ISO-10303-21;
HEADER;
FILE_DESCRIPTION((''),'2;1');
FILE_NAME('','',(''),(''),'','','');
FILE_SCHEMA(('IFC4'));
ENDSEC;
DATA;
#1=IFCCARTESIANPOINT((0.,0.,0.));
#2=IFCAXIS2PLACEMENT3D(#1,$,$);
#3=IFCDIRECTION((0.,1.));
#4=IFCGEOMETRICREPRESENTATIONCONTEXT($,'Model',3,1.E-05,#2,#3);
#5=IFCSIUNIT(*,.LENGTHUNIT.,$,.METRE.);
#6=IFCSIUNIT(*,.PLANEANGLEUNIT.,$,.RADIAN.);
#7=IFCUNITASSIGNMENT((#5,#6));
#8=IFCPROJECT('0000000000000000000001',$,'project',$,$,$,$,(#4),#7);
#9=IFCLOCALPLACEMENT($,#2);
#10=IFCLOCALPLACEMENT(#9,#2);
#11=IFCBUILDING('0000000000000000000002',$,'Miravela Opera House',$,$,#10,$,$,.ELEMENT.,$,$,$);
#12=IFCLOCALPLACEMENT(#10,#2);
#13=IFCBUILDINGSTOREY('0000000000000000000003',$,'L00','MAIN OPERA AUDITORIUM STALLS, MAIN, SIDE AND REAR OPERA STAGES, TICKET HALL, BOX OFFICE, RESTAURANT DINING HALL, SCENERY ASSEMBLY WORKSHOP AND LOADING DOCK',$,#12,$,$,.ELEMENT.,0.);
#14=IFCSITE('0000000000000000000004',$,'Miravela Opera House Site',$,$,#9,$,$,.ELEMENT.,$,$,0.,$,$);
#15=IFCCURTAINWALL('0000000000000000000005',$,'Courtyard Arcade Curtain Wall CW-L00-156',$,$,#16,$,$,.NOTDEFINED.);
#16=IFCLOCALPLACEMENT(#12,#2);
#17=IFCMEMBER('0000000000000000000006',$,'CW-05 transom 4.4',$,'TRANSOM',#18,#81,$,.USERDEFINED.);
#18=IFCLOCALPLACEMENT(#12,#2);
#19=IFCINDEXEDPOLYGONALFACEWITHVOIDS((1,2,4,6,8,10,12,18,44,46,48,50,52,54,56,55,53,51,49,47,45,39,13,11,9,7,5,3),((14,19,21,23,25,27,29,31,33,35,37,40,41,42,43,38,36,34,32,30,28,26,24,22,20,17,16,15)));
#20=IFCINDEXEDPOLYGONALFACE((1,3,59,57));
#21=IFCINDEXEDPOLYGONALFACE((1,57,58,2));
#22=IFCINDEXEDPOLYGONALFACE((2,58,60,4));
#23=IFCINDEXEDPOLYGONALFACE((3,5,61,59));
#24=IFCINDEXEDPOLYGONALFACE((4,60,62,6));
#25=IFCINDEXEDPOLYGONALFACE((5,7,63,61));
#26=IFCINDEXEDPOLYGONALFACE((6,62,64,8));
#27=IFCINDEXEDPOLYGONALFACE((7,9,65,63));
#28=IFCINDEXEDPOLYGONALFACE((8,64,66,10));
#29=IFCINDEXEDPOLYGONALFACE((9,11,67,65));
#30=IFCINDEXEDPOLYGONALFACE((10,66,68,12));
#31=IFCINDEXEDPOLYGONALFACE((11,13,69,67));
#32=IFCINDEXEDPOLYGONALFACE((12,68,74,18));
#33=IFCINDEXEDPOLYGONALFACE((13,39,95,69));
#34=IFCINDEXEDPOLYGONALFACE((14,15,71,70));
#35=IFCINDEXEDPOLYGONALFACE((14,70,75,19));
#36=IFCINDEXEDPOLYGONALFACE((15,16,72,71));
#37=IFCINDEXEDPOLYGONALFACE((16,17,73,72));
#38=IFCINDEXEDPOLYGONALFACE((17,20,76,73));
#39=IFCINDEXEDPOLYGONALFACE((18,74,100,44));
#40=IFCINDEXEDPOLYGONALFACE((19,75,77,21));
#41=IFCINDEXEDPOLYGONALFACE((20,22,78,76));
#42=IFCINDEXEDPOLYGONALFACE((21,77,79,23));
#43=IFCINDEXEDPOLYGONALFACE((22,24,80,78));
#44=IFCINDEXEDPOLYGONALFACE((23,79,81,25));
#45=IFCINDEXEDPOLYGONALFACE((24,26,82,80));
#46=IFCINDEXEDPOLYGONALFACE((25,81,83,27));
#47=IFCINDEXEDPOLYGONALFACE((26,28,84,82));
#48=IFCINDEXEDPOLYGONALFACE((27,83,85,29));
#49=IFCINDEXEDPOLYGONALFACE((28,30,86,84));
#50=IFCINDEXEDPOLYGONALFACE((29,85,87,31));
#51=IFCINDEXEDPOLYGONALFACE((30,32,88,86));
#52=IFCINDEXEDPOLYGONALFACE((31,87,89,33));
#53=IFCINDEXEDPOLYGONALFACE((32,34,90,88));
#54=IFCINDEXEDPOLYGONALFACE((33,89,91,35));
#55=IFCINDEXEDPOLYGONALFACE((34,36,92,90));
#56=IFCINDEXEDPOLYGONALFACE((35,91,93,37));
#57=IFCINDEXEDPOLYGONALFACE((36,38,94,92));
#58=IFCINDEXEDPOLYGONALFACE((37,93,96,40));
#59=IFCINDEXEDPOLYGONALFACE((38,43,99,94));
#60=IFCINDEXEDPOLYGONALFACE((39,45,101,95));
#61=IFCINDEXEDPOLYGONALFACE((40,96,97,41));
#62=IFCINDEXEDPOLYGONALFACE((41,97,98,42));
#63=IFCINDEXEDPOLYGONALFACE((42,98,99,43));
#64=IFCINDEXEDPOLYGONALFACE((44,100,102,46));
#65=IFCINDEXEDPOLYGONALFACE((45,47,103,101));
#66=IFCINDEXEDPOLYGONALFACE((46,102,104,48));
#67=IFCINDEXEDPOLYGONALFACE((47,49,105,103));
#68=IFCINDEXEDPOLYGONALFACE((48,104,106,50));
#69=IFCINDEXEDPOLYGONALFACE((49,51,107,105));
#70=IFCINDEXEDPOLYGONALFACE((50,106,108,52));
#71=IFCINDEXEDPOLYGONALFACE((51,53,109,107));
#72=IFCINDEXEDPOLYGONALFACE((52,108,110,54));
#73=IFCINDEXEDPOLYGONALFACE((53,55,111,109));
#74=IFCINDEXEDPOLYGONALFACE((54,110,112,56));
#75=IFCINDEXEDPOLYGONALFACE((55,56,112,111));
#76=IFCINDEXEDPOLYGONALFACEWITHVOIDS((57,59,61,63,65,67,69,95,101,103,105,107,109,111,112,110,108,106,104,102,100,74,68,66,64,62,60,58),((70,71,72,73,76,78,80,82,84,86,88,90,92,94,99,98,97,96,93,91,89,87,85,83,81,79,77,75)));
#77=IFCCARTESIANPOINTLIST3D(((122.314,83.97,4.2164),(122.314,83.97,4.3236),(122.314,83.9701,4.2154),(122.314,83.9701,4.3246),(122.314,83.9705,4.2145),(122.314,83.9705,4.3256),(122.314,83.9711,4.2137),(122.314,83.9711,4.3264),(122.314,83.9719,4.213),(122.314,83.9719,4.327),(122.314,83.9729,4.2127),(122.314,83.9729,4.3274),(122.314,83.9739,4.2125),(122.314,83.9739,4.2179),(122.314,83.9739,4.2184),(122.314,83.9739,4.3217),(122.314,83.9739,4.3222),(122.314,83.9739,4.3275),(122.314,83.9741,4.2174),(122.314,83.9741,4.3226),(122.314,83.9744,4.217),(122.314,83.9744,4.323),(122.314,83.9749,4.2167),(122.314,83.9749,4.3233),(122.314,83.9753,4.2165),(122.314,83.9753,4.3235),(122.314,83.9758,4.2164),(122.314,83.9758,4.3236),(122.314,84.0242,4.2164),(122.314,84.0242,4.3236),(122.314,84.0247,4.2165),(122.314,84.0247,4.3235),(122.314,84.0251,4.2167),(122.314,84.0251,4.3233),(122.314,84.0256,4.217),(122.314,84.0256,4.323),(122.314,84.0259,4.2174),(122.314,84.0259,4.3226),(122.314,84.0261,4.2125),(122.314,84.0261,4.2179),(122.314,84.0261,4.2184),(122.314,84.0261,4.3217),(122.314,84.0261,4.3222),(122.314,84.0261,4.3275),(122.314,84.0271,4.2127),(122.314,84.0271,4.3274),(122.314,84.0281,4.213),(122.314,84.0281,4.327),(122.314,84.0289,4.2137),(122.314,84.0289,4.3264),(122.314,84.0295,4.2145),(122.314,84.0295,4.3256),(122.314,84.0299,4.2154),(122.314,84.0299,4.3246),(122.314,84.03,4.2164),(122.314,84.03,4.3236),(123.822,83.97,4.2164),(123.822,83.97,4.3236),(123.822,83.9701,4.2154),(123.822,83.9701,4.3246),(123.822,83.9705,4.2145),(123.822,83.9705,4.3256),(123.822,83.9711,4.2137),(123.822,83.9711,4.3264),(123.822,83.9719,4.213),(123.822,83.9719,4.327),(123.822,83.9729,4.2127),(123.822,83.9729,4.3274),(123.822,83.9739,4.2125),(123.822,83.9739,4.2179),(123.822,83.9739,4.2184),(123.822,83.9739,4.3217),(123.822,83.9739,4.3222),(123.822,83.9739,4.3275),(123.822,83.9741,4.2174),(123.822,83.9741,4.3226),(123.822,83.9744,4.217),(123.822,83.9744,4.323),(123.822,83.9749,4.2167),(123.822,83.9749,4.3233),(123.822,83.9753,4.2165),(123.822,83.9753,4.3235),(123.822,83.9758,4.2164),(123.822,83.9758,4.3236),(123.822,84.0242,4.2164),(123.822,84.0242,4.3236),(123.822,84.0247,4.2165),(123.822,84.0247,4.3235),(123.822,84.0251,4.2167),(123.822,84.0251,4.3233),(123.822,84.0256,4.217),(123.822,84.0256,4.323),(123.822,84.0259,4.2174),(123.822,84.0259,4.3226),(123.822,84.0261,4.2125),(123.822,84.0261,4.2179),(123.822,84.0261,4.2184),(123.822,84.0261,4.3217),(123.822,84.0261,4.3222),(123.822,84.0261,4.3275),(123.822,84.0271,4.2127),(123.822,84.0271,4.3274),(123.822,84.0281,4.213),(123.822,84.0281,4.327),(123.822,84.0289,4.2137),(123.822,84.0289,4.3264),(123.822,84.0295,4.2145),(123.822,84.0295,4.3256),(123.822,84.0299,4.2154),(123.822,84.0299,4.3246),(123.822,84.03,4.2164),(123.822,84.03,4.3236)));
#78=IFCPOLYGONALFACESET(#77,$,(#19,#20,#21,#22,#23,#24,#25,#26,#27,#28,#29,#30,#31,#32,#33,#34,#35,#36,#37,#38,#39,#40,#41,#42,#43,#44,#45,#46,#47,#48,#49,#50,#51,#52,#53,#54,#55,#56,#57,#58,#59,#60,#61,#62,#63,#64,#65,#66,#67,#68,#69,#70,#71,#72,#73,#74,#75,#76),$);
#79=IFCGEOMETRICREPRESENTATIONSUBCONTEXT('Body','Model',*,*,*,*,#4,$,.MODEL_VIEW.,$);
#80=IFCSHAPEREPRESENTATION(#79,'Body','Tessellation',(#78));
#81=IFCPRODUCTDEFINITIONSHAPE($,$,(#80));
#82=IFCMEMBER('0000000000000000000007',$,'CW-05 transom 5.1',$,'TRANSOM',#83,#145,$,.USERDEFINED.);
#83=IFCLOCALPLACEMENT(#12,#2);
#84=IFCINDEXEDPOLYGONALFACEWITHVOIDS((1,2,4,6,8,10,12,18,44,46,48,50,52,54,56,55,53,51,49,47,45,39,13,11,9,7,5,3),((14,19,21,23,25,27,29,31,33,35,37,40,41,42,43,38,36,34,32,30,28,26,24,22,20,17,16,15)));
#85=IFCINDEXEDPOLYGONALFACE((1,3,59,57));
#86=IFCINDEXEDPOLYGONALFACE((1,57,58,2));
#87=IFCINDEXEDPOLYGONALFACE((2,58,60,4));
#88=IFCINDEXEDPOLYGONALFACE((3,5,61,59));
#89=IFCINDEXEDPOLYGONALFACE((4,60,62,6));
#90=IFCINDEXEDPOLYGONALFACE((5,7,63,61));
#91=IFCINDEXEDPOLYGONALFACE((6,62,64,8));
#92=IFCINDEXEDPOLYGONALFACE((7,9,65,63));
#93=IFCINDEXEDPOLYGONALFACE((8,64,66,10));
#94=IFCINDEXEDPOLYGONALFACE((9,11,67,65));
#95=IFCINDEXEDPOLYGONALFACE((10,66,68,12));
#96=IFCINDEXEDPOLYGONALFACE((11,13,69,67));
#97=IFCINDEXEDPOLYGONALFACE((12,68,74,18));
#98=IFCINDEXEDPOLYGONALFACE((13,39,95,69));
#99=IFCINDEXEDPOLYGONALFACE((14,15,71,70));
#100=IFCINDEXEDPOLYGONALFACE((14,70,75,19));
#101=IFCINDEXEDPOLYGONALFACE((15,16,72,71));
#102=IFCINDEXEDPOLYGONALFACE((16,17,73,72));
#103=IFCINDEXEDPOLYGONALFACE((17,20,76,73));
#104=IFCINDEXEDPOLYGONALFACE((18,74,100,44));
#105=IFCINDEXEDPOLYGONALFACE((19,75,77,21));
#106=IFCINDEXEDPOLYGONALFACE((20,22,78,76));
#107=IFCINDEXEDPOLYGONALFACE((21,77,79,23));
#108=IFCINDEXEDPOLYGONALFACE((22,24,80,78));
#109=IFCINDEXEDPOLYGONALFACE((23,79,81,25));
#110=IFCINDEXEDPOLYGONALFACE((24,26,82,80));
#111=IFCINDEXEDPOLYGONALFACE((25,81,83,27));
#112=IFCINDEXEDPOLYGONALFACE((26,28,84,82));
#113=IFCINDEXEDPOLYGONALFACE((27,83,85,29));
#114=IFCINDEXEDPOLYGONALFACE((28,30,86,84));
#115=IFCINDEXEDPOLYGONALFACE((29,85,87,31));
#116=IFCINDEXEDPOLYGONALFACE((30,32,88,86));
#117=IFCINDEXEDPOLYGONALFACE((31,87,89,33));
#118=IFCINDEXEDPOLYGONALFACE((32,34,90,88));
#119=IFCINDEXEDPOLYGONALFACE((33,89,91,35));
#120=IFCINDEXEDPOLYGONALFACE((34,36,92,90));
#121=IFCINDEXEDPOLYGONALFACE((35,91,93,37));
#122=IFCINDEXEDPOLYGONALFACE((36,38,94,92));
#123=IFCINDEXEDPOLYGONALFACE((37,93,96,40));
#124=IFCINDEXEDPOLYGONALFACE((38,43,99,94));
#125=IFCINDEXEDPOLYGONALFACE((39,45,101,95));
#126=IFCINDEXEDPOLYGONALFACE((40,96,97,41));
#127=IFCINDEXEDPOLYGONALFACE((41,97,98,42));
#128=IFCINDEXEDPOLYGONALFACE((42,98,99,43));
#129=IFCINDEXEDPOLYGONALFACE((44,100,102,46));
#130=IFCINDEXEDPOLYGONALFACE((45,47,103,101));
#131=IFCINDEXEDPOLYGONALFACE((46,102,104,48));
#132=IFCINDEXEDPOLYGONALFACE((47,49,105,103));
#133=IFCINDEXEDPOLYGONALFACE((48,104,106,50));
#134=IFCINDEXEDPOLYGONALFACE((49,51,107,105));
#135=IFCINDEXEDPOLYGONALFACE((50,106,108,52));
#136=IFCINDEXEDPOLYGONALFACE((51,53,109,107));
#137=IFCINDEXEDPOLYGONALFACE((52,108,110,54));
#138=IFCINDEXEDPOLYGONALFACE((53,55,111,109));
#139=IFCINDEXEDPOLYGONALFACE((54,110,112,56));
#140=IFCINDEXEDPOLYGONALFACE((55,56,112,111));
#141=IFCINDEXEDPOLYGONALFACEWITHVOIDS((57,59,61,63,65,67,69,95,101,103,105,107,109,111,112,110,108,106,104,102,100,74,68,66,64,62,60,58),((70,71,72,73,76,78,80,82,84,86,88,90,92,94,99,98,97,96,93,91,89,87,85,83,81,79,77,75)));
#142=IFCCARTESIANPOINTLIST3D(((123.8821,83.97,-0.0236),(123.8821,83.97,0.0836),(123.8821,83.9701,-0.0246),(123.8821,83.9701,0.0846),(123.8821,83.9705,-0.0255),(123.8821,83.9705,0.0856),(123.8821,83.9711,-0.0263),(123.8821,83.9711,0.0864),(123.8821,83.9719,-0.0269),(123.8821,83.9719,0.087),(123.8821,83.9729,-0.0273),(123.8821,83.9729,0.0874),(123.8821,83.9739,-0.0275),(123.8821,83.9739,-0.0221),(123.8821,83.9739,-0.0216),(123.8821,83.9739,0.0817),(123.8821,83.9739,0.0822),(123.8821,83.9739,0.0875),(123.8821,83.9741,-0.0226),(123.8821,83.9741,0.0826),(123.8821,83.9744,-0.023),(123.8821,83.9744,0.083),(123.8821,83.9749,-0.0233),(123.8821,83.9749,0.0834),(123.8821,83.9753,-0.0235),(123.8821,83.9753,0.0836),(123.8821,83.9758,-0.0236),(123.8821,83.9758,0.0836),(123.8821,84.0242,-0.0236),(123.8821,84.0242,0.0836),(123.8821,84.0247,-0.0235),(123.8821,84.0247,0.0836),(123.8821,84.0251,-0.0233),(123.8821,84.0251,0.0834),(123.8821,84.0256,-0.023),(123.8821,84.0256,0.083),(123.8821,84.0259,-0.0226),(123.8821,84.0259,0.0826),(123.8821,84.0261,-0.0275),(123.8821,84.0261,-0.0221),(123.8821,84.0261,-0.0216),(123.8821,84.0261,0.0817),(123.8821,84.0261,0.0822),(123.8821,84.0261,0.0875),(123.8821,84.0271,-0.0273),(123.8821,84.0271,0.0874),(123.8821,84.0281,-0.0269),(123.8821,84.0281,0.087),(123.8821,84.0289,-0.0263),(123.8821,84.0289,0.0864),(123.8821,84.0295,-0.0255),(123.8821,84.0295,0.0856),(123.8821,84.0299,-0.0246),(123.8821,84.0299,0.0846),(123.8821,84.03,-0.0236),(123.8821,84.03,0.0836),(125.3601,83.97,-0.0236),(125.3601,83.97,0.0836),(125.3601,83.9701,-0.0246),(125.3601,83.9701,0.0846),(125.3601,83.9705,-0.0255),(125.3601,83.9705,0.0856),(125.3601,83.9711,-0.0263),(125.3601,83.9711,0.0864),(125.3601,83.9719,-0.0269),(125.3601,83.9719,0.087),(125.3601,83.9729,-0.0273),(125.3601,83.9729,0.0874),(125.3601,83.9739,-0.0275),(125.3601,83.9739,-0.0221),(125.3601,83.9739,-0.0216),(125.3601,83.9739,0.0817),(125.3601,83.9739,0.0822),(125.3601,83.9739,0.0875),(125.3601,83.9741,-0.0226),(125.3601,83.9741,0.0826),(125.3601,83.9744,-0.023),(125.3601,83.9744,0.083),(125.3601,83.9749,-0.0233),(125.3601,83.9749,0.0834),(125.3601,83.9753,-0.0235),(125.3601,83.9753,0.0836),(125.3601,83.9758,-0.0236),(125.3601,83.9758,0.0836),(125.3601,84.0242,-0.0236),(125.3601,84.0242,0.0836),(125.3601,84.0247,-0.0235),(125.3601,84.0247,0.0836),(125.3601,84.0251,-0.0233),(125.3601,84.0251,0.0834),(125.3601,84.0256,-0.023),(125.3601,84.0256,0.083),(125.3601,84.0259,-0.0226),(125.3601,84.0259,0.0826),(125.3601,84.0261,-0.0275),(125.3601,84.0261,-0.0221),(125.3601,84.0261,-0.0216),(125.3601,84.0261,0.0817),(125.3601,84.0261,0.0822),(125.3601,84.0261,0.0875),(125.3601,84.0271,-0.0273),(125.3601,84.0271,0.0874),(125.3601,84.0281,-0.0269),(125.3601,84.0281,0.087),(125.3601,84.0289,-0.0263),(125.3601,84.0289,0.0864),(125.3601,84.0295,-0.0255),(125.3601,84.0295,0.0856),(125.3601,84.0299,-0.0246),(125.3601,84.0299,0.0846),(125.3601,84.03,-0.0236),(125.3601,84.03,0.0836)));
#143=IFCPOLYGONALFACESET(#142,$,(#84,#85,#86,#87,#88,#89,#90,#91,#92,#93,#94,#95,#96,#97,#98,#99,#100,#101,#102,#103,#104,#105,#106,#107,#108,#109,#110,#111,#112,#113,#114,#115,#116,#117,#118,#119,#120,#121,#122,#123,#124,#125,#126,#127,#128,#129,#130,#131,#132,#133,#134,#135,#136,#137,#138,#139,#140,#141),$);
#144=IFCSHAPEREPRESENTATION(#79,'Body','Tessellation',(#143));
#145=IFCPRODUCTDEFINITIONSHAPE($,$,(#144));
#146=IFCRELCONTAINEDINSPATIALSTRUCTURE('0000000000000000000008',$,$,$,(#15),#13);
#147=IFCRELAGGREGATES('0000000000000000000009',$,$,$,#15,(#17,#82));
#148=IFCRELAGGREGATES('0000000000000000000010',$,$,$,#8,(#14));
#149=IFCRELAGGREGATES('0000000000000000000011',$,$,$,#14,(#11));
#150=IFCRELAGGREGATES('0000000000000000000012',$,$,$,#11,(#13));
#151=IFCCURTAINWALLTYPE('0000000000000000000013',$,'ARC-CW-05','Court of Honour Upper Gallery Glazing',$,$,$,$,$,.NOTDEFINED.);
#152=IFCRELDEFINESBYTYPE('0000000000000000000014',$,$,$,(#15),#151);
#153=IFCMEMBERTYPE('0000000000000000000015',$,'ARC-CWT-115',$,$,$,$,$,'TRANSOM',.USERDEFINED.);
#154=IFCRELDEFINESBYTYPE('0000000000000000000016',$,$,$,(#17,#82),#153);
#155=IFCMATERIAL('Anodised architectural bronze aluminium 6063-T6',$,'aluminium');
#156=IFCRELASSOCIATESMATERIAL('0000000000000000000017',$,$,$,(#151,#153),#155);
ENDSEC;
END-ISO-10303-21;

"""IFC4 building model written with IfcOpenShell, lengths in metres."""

from ifc_helpers import new_model, si_unit, direction, frame, origin, origin_2d, place, context, subcontext, project, spatial, hollow_rectangle, extrude, material, material_profile, profile_set, type_object, element, aggregate, save


model = new_model("IFC4")

# Units and contexts
model_context = context("Model", 3, precision=1e-05, world=origin(), true_north=direction((0.0, 1.0)))
body_context = subcontext(model_context, "Body", "Model", "MODEL_VIEW")
ifc_project = project(units=[si_unit("LENGTHUNIT", "METRE"), si_unit("PLANEANGLEUNIT", "RADIAN")], contexts=[model_context])

# Site, building, storey
site_placement = place(None, origin())
site = spatial("IfcSite", under=ifc_project, at=site_placement, Name="Miravela Opera House Site", CompositionType="ELEMENT", RefElevation=0.0)
building_placement = place(site_placement, origin())
building = spatial("IfcBuilding", under=site, at=building_placement, Name="Miravela Opera House", CompositionType="ELEMENT")
storey_placement = place(building_placement, origin())
storey = spatial("IfcBuildingStorey", under=building, at=storey_placement, Name="L00", Description="MAIN OPERA AUDITORIUM STALLS, MAIN, SIDE AND REAR OPERA STAGES, TICKET HALL, BOX OFFICE, RESTAURANT DINING HALL, SCENERY ASSEMBLY WORKSHOP AND LOADING DOCK", CompositionType="ELEMENT", Elevation=0.0)

# Curtain wall, members
ifc_material_1 = material(Name="Anodised architectural bronze aluminium 6063-T6", Category="aluminium")
curtain_wall_type = type_object("IfcCurtainWallType", Name="ARC-CW-05", Description="Court of Honour Upper Gallery Glazing", PredefinedType="NOTDEFINED", material=ifc_material_1)
curtain_wall_placement = place(storey_placement, origin())
curtain_wall = element("IfcCurtainWall", 1, at=curtain_wall_placement, inside=storey, type_object=curtain_wall_type, Name="Courtyard Arcade Curtain Wall CW-L00-156", PredefinedType="NOTDEFINED")
ifc_material_profile_1 = material_profile(ifc_material_1, hollow_rectangle(XDim=0.0601, YDim=0.115, WallThickness=0.0039, InnerFilletRadius=0.002, OuterFilletRadius=0.0039, at=origin_2d()), Name="CWT-60X115")
ifc_profile_set_1 = profile_set([ifc_material_profile_1])
member_type_1 = type_object("IfcMemberType", Name="ARC-CWT-115", ElementType="TRANSOM", PredefinedType="USERDEFINED", material=ifc_profile_set_1)
member_1_placement = place(storey_placement, frame((122.314, 84.0, 4.27), z_axis=(1.0, 0.0, 0.0), x_axis=(0.0, 1.0, 0.0)))
member_1 = element("IfcMember", 2, at=member_1_placement, type_object=member_type_1, Name="CW-05 transom 4.4", ObjectType="TRANSOM", PredefinedType="USERDEFINED", context=body_context, shape_type="SweptSolid", body=[
    extrude(hollow_rectangle(XDim=0.0601, YDim=0.115, WallThickness=0.0039, InnerFilletRadius=0.002, OuterFilletRadius=0.0039, at=origin_2d()), origin(), (0.0, 0.0, 1.0), 1.5081),
])
member_2_placement = place(storey_placement, frame((123.8821, 84.0, 0.03), z_axis=(1.0, 0.0, 0.0), x_axis=(0.0, 1.0, 0.0)))
member_2 = element("IfcMember", 3, at=member_2_placement, type_object=member_type_1, Name="CW-05 transom 5.1", ObjectType="TRANSOM", PredefinedType="USERDEFINED", context=body_context, shape_type="SweptSolid", body=[
    extrude(hollow_rectangle(XDim=0.0601, YDim=0.115, WallThickness=0.0039, InnerFilletRadius=0.002, OuterFilletRadius=0.0039, at=origin_2d()), origin(), (0.0, 0.0, 1.0), 1.478),
])
aggregate(curtain_wall, [member_1, member_2])

save(model, "model.ifc")
